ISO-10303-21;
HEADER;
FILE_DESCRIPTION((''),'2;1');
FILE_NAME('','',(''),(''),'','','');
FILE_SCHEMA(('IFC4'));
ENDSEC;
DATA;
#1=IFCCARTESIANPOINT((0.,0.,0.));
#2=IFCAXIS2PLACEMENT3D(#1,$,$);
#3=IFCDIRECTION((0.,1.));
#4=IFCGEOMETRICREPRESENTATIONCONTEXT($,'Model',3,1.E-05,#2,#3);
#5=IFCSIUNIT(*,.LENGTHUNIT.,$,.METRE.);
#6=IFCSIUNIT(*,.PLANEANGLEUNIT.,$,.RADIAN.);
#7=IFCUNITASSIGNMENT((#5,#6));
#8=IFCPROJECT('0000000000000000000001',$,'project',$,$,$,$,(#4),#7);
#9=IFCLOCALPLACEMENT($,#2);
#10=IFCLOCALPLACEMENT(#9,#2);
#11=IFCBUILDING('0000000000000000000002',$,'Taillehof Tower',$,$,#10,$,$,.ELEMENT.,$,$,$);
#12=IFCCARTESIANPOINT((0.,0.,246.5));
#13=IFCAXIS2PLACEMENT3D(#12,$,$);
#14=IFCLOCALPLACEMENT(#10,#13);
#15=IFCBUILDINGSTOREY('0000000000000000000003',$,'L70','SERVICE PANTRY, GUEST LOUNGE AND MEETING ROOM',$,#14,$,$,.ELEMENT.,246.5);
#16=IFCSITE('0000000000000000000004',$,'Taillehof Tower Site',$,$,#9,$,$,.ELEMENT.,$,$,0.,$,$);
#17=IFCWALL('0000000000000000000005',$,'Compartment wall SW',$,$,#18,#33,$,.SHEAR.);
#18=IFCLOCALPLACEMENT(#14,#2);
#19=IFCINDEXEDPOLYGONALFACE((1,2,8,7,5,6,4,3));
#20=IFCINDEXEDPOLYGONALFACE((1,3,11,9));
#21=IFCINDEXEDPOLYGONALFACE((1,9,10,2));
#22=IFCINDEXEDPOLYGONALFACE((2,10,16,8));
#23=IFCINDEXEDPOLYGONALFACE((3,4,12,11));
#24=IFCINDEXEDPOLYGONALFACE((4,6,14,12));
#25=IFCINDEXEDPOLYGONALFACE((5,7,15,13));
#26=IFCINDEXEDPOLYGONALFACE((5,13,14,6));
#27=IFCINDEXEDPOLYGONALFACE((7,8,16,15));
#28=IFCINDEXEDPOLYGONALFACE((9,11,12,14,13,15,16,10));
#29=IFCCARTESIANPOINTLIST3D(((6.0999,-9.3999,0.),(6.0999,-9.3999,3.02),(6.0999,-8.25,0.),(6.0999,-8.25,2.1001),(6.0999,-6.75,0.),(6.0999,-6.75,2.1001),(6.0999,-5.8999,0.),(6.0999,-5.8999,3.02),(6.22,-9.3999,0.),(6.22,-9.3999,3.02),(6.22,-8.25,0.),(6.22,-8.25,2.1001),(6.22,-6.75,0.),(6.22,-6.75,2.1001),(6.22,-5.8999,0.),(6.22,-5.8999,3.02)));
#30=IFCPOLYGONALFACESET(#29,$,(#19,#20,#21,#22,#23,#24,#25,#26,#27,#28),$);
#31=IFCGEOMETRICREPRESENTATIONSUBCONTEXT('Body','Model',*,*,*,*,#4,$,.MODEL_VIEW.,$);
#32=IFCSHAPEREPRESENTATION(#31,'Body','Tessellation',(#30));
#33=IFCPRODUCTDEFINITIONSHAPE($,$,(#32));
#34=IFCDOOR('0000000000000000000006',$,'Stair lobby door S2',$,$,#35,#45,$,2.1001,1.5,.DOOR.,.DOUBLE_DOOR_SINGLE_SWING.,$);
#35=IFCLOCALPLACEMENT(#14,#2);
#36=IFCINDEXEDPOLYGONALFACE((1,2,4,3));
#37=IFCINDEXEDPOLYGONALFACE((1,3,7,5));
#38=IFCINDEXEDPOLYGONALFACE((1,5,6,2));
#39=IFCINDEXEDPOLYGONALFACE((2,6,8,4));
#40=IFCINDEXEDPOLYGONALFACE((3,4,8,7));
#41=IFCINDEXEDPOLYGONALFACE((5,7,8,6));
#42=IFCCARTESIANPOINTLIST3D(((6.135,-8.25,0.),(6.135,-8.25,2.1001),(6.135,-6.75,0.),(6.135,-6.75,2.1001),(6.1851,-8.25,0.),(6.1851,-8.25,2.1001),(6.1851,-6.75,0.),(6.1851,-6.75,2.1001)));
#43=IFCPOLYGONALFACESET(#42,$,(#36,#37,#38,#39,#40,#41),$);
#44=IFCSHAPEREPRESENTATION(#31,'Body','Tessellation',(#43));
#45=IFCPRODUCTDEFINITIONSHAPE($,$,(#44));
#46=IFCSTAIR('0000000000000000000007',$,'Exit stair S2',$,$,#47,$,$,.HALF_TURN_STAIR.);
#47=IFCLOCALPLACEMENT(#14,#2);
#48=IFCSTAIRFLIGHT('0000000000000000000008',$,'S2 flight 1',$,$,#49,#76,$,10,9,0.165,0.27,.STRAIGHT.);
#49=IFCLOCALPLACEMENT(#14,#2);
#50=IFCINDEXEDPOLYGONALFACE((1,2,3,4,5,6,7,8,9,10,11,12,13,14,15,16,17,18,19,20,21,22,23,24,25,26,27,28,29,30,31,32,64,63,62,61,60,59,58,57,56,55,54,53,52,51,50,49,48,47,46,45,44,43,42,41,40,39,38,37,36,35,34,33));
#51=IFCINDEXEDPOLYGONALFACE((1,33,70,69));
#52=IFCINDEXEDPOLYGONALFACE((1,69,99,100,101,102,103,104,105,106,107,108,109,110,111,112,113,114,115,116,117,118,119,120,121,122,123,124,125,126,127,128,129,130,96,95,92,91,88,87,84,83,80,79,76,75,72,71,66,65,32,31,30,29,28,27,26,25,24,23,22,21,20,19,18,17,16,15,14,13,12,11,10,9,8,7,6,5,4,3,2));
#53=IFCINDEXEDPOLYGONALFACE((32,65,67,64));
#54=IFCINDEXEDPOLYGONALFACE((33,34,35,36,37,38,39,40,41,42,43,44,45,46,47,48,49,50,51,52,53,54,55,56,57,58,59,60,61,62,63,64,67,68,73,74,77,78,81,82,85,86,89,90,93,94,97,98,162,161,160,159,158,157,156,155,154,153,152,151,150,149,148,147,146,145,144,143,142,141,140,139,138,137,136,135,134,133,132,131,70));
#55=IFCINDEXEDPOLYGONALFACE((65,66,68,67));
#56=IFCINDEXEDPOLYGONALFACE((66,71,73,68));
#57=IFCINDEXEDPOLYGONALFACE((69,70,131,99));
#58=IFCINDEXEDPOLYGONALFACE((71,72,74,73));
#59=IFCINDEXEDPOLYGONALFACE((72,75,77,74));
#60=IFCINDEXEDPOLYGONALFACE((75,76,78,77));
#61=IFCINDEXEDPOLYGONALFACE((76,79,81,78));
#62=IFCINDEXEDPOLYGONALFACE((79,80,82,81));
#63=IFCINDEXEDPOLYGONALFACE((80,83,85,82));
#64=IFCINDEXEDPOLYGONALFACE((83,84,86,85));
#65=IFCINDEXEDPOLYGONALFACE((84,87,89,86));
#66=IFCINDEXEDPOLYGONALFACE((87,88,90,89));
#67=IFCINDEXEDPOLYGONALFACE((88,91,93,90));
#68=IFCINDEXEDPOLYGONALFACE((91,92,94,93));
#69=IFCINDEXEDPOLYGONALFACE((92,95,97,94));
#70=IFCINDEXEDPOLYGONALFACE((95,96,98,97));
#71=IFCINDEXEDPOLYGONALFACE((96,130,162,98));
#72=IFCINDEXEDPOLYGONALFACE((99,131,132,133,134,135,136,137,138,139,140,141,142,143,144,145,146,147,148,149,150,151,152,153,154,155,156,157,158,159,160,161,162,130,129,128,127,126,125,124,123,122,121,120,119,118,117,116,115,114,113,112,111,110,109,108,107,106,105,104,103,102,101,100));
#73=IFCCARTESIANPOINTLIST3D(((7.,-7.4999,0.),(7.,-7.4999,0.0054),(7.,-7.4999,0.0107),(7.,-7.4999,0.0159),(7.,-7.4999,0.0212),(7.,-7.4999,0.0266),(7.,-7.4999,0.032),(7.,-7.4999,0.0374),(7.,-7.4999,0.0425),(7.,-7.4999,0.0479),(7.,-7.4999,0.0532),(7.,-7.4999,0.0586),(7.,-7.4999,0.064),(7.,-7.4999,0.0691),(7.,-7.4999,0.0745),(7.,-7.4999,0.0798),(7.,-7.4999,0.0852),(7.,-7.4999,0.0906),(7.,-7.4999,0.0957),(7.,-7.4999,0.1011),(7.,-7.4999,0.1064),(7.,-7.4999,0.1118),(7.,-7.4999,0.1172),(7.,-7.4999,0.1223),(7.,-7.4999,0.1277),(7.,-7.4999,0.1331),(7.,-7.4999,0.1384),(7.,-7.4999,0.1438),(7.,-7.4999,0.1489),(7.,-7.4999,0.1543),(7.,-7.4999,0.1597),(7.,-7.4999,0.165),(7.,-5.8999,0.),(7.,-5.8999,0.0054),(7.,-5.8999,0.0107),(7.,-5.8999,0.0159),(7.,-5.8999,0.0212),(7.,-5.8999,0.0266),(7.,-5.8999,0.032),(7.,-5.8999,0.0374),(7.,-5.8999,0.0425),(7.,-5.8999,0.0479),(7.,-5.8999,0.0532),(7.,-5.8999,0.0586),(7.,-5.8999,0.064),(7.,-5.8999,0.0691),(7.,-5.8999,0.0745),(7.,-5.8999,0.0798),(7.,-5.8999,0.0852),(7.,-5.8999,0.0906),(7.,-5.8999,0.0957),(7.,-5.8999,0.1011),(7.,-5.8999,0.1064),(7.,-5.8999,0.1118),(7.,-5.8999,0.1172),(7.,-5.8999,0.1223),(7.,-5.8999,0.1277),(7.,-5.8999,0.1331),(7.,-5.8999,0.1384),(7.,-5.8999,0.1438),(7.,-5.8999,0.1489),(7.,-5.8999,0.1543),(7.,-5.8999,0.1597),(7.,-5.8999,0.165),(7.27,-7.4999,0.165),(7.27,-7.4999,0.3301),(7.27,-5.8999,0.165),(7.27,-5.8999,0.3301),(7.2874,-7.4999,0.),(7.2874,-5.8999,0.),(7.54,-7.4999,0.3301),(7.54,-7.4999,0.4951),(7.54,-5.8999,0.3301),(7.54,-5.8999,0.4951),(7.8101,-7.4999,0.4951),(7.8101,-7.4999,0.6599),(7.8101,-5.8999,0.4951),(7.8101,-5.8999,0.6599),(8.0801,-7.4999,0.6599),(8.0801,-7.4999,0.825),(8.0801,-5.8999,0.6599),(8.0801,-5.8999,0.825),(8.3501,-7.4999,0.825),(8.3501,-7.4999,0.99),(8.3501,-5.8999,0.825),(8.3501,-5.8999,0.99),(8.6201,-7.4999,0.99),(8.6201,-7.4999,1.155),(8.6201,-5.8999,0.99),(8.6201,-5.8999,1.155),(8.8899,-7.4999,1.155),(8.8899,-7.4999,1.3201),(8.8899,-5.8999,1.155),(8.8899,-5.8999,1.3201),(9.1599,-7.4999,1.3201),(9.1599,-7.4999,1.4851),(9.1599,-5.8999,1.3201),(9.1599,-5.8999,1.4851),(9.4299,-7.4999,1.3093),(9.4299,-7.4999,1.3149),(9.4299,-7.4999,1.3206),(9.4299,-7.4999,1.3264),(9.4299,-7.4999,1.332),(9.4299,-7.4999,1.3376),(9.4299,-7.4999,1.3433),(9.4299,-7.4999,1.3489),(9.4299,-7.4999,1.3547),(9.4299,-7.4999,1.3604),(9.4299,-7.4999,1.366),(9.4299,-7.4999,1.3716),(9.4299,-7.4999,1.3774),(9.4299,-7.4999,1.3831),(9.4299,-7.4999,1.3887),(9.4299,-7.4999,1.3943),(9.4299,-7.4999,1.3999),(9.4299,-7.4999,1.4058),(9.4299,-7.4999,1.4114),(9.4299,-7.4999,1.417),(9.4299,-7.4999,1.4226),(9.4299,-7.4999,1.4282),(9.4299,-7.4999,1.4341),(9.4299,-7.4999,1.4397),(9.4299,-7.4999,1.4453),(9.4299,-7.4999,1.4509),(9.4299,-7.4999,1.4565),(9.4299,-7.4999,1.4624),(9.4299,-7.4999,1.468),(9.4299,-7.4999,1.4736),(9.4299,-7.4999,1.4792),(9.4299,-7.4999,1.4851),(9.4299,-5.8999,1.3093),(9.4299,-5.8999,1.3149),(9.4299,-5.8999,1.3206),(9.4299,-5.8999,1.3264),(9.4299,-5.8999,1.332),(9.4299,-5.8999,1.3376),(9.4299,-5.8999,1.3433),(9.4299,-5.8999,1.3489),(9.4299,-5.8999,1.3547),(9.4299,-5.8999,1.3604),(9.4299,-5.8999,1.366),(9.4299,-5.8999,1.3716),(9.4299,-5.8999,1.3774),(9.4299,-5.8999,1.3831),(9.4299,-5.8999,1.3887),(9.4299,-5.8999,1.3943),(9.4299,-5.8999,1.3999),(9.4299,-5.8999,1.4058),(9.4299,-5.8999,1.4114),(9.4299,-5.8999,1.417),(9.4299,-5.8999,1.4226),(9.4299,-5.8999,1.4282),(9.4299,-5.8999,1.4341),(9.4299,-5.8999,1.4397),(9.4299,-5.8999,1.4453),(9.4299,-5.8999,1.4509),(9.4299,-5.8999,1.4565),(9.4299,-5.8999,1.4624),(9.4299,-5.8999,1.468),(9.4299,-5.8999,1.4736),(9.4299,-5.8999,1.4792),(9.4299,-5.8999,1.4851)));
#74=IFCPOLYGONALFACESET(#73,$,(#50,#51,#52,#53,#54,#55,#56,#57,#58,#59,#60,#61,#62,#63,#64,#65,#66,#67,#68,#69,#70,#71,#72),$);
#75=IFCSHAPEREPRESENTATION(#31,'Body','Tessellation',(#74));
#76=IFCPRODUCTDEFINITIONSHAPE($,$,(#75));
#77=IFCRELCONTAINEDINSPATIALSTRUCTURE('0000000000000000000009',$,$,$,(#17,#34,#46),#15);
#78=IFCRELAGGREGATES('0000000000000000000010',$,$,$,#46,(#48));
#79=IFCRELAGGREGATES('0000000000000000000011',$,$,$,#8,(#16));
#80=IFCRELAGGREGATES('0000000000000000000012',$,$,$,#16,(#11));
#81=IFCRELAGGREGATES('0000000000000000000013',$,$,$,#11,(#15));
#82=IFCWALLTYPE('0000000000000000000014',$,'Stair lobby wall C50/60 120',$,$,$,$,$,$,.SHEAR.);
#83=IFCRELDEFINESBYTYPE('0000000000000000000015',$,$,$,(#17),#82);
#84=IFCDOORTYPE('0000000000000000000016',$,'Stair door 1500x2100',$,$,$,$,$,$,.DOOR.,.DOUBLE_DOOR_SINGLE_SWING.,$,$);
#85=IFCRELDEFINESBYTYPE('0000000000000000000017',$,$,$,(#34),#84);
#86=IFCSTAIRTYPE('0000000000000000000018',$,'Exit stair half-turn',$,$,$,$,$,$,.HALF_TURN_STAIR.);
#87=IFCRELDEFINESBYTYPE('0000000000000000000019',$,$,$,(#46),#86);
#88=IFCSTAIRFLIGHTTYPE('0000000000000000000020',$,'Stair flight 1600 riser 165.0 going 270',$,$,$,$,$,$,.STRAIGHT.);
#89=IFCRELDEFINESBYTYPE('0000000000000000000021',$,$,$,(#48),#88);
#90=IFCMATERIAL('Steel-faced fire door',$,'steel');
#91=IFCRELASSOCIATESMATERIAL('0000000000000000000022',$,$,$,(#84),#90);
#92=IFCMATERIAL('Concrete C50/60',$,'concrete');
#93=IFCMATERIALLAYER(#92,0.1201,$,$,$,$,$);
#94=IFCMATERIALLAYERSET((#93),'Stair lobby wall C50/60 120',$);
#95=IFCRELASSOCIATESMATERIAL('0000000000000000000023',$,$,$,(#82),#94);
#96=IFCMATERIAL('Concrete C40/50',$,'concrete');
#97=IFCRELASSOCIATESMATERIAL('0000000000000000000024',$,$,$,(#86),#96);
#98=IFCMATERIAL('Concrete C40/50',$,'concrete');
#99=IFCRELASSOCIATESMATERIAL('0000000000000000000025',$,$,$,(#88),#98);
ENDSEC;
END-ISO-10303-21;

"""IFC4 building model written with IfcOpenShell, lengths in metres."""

from ifc_helpers import new_model, si_unit, direction, frame, frame_2d, origin, place, context, subcontext, project, spatial, polyline, rectangle, outline, extrude, material, layer, layer_set, type_object, element, fill, aggregate, save


model = new_model("IFC4")

# Units and contexts
model_context = context("Model", 3, precision=1e-05, world=origin(), true_north=direction((0.0, 1.0)))
body_context = subcontext(model_context, "Body", "Model", "MODEL_VIEW")
ifc_project = project(units=[si_unit("LENGTHUNIT", "METRE"), si_unit("PLANEANGLEUNIT", "RADIAN")], contexts=[model_context])

# Site, building, storey
site_placement = place(None, origin())
site = spatial("IfcSite", under=ifc_project, at=site_placement, Name="Taillehof Tower Site", CompositionType="ELEMENT", RefElevation=0.0)
building_placement = place(site_placement, origin())
building = spatial("IfcBuilding", under=site, at=building_placement, Name="Taillehof Tower", CompositionType="ELEMENT")
storey_placement = place(building_placement, frame((0.0, 0.0, 246.5)))
storey = spatial("IfcBuildingStorey", under=building, at=storey_placement, Name="L70", Description="SERVICE PANTRY, GUEST LOUNGE AND MEETING ROOM", CompositionType="ELEMENT", Elevation=246.5)

# Shared definitions
ifc_material_1 = material(Name="Steel-faced fire door", Category="steel")
door_type_1 = type_object("IfcDoorType", Name="Stair door 1500x2100", OperationType="DOUBLE_DOOR_SINGLE_SWING", PredefinedType="DOOR", material=ifc_material_1)

# Wall, opening, door
ifc_material_2 = material(Name="Concrete C50/60", Category="concrete")
ifc_layer_1 = layer(ifc_material_2, 0.1201)
ifc_layer_set_1 = layer_set([ifc_layer_1], Name="Stair lobby wall C50/60 120")
wall_type_1 = type_object("IfcWallType", Name="Stair lobby wall C50/60 120", PredefinedType="SHEAR", material=ifc_layer_set_1)
wall_1_placement = place(storey_placement, frame((6.1599, -9.3999, 0.0), z_axis=(0.0, 0.0, 1.0), x_axis=(0.0, 1.0, 0.0)))
wall_1 = element("IfcWall", 1, at=wall_1_placement, inside=storey, type_object=wall_type_1, Name="Compartment wall SW", PredefinedType="SHEAR", context=body_context, shape_type="SweptSolid", body=[
    extrude(rectangle(XDim=3.5, YDim=0.1201, at=frame_2d((1.75, 0.0))), origin(), (0.0, 0.0, 1.0), 3.02),
])
opening_1_placement = place(wall_1_placement, frame((1.1499, 0.0, 0.0)))
opening_1 = element("IfcOpeningElement", 2, at=opening_1_placement, cuts=wall_1, PredefinedType="OPENING", context=body_context, shape_type="SweptSolid", body=[
    extrude(rectangle(XDim=1.5, YDim=2.1001, at=frame_2d((0.75, 1.05))), frame((0.0, 0.0701, 0.0), z_axis=(0.0, -1.0, 0.0), x_axis=(1.0, 0.0, 0.0)), (0.0, 0.0, 1.0), 0.1401),
])
door_1_placement = place(opening_1_placement, origin())
door_1 = element("IfcDoor", 3, at=door_1_placement, inside=storey, type_object=door_type_1, Name="Stair lobby door S2", OperationType="DOUBLE_DOOR_SINGLE_SWING", OverallHeight=2.1001, OverallWidth=1.5, PredefinedType="DOOR", context=body_context, shape_type="SweptSolid", body=[
    extrude(rectangle(XDim=1.5, YDim=2.1001, at=frame_2d((0.75, 1.05))), frame((0.0, 0.0249, 0.0), z_axis=(0.0, -1.0, 0.0), x_axis=(1.0, 0.0, 0.0)), (0.0, 0.0, 1.0), 0.05),
])
fill(opening_1, door_1)

# Stair, stair flight
ifc_material_3 = material(Name="Concrete C40/50", Category="concrete")
stair_type = type_object("IfcStairType", Name="Exit stair half-turn", PredefinedType="HALF_TURN_STAIR", material=ifc_material_3)
stair_placement = place(storey_placement, origin())
stair = element("IfcStair", 4, at=stair_placement, inside=storey, type_object=stair_type, Name="Exit stair S2", PredefinedType="HALF_TURN_STAIR")
ifc_material_4 = material(Name="Concrete C40/50", Category="concrete")
stair_flight_type = type_object("IfcStairFlightType", Name="Stair flight 1600 riser 165.0 going 270", PredefinedType="STRAIGHT", material=ifc_material_4)
stair_flight_placement = place(storey_placement, frame((7.0, -6.7, 0.0), z_axis=(0.0, 0.0, 1.0), x_axis=(1.0, 0.0, 0.0)))
stair_flight = element("IfcStairFlight", 5, at=stair_flight_placement, type_object=stair_flight_type, Name="S2 flight 1", NumberOfRisers=10, NumberOfTreads=9, PredefinedType="STRAIGHT", RiserHeight=0.165, TreadLength=0.27, context=body_context, shape_type="SweptSolid", body=[
    extrude(outline(polyline([(0.0, 0.0), (0.0, 0.0054), (0.0, 0.0107), (0.0, 0.0159), (0.0, 0.0212), (0.0, 0.0266), (0.0, 0.032), (0.0, 0.0374), (0.0, 0.0425), (0.0, 0.0479), (0.0, 0.0532), (0.0, 0.0586), (0.0, 0.064), (0.0, 0.0691), (0.0, 0.0745), (0.0, 0.0798), (0.0, 0.0852), (0.0, 0.0906), (0.0, 0.0957), (0.0, 0.1011), (0.0, 0.1064), (0.0, 0.1118), (0.0, 0.1172), (0.0, 0.1223), (0.0, 0.1277), (0.0, 0.1331), (0.0, 0.1384), (0.0, 0.1438), (0.0, 0.1489), (0.0, 0.1543), (0.0, 0.1597), (0.0, 0.165), (0.27, 0.165), (0.27, 0.3301), (0.54, 0.3301), (0.54, 0.4951), (0.8101, 0.4951), (0.8101, 0.6599), (1.0801, 0.6599), (1.0801, 0.825), (1.3501, 0.825), (1.3501, 0.99), (1.6201, 0.99), (1.6201, 1.155), (1.8899, 1.155), (1.8899, 1.3201), (2.1599, 1.3201), (2.1599, 1.4851), (2.4299, 1.4851), (2.4299, 1.4792), (2.4299, 1.4736), (2.4299, 1.468), (2.4299, 1.4624), (2.4299, 1.4565), (2.4299, 1.4509), (2.4299, 1.4453), (2.4299, 1.4397), (2.4299, 1.4341), (2.4299, 1.4282), (2.4299, 1.4226), (2.4299, 1.417), (2.4299, 1.4114), (2.4299, 1.4058), (2.4299, 1.3999), (2.4299, 1.3943), (2.4299, 1.3887), (2.4299, 1.3831), (2.4299, 1.3774), (2.4299, 1.3716), (2.4299, 1.366), (2.4299, 1.3604), (2.4299, 1.3547), (2.4299, 1.3489), (2.4299, 1.3433), (2.4299, 1.3376), (2.4299, 1.332), (2.4299, 1.3264), (2.4299, 1.3206), (2.4299, 1.3149), (2.4299, 1.3093), (0.2874, 0.0), (0.0, 0.0)])), frame((0.0, 0.8, 0.0), z_axis=(0.0, -1.0, 0.0), x_axis=(1.0, 0.0, 0.0)), (0.0, 0.0, 1.0), 1.6),
])
aggregate(stair, [stair_flight])

save(model, "model.ifc")
